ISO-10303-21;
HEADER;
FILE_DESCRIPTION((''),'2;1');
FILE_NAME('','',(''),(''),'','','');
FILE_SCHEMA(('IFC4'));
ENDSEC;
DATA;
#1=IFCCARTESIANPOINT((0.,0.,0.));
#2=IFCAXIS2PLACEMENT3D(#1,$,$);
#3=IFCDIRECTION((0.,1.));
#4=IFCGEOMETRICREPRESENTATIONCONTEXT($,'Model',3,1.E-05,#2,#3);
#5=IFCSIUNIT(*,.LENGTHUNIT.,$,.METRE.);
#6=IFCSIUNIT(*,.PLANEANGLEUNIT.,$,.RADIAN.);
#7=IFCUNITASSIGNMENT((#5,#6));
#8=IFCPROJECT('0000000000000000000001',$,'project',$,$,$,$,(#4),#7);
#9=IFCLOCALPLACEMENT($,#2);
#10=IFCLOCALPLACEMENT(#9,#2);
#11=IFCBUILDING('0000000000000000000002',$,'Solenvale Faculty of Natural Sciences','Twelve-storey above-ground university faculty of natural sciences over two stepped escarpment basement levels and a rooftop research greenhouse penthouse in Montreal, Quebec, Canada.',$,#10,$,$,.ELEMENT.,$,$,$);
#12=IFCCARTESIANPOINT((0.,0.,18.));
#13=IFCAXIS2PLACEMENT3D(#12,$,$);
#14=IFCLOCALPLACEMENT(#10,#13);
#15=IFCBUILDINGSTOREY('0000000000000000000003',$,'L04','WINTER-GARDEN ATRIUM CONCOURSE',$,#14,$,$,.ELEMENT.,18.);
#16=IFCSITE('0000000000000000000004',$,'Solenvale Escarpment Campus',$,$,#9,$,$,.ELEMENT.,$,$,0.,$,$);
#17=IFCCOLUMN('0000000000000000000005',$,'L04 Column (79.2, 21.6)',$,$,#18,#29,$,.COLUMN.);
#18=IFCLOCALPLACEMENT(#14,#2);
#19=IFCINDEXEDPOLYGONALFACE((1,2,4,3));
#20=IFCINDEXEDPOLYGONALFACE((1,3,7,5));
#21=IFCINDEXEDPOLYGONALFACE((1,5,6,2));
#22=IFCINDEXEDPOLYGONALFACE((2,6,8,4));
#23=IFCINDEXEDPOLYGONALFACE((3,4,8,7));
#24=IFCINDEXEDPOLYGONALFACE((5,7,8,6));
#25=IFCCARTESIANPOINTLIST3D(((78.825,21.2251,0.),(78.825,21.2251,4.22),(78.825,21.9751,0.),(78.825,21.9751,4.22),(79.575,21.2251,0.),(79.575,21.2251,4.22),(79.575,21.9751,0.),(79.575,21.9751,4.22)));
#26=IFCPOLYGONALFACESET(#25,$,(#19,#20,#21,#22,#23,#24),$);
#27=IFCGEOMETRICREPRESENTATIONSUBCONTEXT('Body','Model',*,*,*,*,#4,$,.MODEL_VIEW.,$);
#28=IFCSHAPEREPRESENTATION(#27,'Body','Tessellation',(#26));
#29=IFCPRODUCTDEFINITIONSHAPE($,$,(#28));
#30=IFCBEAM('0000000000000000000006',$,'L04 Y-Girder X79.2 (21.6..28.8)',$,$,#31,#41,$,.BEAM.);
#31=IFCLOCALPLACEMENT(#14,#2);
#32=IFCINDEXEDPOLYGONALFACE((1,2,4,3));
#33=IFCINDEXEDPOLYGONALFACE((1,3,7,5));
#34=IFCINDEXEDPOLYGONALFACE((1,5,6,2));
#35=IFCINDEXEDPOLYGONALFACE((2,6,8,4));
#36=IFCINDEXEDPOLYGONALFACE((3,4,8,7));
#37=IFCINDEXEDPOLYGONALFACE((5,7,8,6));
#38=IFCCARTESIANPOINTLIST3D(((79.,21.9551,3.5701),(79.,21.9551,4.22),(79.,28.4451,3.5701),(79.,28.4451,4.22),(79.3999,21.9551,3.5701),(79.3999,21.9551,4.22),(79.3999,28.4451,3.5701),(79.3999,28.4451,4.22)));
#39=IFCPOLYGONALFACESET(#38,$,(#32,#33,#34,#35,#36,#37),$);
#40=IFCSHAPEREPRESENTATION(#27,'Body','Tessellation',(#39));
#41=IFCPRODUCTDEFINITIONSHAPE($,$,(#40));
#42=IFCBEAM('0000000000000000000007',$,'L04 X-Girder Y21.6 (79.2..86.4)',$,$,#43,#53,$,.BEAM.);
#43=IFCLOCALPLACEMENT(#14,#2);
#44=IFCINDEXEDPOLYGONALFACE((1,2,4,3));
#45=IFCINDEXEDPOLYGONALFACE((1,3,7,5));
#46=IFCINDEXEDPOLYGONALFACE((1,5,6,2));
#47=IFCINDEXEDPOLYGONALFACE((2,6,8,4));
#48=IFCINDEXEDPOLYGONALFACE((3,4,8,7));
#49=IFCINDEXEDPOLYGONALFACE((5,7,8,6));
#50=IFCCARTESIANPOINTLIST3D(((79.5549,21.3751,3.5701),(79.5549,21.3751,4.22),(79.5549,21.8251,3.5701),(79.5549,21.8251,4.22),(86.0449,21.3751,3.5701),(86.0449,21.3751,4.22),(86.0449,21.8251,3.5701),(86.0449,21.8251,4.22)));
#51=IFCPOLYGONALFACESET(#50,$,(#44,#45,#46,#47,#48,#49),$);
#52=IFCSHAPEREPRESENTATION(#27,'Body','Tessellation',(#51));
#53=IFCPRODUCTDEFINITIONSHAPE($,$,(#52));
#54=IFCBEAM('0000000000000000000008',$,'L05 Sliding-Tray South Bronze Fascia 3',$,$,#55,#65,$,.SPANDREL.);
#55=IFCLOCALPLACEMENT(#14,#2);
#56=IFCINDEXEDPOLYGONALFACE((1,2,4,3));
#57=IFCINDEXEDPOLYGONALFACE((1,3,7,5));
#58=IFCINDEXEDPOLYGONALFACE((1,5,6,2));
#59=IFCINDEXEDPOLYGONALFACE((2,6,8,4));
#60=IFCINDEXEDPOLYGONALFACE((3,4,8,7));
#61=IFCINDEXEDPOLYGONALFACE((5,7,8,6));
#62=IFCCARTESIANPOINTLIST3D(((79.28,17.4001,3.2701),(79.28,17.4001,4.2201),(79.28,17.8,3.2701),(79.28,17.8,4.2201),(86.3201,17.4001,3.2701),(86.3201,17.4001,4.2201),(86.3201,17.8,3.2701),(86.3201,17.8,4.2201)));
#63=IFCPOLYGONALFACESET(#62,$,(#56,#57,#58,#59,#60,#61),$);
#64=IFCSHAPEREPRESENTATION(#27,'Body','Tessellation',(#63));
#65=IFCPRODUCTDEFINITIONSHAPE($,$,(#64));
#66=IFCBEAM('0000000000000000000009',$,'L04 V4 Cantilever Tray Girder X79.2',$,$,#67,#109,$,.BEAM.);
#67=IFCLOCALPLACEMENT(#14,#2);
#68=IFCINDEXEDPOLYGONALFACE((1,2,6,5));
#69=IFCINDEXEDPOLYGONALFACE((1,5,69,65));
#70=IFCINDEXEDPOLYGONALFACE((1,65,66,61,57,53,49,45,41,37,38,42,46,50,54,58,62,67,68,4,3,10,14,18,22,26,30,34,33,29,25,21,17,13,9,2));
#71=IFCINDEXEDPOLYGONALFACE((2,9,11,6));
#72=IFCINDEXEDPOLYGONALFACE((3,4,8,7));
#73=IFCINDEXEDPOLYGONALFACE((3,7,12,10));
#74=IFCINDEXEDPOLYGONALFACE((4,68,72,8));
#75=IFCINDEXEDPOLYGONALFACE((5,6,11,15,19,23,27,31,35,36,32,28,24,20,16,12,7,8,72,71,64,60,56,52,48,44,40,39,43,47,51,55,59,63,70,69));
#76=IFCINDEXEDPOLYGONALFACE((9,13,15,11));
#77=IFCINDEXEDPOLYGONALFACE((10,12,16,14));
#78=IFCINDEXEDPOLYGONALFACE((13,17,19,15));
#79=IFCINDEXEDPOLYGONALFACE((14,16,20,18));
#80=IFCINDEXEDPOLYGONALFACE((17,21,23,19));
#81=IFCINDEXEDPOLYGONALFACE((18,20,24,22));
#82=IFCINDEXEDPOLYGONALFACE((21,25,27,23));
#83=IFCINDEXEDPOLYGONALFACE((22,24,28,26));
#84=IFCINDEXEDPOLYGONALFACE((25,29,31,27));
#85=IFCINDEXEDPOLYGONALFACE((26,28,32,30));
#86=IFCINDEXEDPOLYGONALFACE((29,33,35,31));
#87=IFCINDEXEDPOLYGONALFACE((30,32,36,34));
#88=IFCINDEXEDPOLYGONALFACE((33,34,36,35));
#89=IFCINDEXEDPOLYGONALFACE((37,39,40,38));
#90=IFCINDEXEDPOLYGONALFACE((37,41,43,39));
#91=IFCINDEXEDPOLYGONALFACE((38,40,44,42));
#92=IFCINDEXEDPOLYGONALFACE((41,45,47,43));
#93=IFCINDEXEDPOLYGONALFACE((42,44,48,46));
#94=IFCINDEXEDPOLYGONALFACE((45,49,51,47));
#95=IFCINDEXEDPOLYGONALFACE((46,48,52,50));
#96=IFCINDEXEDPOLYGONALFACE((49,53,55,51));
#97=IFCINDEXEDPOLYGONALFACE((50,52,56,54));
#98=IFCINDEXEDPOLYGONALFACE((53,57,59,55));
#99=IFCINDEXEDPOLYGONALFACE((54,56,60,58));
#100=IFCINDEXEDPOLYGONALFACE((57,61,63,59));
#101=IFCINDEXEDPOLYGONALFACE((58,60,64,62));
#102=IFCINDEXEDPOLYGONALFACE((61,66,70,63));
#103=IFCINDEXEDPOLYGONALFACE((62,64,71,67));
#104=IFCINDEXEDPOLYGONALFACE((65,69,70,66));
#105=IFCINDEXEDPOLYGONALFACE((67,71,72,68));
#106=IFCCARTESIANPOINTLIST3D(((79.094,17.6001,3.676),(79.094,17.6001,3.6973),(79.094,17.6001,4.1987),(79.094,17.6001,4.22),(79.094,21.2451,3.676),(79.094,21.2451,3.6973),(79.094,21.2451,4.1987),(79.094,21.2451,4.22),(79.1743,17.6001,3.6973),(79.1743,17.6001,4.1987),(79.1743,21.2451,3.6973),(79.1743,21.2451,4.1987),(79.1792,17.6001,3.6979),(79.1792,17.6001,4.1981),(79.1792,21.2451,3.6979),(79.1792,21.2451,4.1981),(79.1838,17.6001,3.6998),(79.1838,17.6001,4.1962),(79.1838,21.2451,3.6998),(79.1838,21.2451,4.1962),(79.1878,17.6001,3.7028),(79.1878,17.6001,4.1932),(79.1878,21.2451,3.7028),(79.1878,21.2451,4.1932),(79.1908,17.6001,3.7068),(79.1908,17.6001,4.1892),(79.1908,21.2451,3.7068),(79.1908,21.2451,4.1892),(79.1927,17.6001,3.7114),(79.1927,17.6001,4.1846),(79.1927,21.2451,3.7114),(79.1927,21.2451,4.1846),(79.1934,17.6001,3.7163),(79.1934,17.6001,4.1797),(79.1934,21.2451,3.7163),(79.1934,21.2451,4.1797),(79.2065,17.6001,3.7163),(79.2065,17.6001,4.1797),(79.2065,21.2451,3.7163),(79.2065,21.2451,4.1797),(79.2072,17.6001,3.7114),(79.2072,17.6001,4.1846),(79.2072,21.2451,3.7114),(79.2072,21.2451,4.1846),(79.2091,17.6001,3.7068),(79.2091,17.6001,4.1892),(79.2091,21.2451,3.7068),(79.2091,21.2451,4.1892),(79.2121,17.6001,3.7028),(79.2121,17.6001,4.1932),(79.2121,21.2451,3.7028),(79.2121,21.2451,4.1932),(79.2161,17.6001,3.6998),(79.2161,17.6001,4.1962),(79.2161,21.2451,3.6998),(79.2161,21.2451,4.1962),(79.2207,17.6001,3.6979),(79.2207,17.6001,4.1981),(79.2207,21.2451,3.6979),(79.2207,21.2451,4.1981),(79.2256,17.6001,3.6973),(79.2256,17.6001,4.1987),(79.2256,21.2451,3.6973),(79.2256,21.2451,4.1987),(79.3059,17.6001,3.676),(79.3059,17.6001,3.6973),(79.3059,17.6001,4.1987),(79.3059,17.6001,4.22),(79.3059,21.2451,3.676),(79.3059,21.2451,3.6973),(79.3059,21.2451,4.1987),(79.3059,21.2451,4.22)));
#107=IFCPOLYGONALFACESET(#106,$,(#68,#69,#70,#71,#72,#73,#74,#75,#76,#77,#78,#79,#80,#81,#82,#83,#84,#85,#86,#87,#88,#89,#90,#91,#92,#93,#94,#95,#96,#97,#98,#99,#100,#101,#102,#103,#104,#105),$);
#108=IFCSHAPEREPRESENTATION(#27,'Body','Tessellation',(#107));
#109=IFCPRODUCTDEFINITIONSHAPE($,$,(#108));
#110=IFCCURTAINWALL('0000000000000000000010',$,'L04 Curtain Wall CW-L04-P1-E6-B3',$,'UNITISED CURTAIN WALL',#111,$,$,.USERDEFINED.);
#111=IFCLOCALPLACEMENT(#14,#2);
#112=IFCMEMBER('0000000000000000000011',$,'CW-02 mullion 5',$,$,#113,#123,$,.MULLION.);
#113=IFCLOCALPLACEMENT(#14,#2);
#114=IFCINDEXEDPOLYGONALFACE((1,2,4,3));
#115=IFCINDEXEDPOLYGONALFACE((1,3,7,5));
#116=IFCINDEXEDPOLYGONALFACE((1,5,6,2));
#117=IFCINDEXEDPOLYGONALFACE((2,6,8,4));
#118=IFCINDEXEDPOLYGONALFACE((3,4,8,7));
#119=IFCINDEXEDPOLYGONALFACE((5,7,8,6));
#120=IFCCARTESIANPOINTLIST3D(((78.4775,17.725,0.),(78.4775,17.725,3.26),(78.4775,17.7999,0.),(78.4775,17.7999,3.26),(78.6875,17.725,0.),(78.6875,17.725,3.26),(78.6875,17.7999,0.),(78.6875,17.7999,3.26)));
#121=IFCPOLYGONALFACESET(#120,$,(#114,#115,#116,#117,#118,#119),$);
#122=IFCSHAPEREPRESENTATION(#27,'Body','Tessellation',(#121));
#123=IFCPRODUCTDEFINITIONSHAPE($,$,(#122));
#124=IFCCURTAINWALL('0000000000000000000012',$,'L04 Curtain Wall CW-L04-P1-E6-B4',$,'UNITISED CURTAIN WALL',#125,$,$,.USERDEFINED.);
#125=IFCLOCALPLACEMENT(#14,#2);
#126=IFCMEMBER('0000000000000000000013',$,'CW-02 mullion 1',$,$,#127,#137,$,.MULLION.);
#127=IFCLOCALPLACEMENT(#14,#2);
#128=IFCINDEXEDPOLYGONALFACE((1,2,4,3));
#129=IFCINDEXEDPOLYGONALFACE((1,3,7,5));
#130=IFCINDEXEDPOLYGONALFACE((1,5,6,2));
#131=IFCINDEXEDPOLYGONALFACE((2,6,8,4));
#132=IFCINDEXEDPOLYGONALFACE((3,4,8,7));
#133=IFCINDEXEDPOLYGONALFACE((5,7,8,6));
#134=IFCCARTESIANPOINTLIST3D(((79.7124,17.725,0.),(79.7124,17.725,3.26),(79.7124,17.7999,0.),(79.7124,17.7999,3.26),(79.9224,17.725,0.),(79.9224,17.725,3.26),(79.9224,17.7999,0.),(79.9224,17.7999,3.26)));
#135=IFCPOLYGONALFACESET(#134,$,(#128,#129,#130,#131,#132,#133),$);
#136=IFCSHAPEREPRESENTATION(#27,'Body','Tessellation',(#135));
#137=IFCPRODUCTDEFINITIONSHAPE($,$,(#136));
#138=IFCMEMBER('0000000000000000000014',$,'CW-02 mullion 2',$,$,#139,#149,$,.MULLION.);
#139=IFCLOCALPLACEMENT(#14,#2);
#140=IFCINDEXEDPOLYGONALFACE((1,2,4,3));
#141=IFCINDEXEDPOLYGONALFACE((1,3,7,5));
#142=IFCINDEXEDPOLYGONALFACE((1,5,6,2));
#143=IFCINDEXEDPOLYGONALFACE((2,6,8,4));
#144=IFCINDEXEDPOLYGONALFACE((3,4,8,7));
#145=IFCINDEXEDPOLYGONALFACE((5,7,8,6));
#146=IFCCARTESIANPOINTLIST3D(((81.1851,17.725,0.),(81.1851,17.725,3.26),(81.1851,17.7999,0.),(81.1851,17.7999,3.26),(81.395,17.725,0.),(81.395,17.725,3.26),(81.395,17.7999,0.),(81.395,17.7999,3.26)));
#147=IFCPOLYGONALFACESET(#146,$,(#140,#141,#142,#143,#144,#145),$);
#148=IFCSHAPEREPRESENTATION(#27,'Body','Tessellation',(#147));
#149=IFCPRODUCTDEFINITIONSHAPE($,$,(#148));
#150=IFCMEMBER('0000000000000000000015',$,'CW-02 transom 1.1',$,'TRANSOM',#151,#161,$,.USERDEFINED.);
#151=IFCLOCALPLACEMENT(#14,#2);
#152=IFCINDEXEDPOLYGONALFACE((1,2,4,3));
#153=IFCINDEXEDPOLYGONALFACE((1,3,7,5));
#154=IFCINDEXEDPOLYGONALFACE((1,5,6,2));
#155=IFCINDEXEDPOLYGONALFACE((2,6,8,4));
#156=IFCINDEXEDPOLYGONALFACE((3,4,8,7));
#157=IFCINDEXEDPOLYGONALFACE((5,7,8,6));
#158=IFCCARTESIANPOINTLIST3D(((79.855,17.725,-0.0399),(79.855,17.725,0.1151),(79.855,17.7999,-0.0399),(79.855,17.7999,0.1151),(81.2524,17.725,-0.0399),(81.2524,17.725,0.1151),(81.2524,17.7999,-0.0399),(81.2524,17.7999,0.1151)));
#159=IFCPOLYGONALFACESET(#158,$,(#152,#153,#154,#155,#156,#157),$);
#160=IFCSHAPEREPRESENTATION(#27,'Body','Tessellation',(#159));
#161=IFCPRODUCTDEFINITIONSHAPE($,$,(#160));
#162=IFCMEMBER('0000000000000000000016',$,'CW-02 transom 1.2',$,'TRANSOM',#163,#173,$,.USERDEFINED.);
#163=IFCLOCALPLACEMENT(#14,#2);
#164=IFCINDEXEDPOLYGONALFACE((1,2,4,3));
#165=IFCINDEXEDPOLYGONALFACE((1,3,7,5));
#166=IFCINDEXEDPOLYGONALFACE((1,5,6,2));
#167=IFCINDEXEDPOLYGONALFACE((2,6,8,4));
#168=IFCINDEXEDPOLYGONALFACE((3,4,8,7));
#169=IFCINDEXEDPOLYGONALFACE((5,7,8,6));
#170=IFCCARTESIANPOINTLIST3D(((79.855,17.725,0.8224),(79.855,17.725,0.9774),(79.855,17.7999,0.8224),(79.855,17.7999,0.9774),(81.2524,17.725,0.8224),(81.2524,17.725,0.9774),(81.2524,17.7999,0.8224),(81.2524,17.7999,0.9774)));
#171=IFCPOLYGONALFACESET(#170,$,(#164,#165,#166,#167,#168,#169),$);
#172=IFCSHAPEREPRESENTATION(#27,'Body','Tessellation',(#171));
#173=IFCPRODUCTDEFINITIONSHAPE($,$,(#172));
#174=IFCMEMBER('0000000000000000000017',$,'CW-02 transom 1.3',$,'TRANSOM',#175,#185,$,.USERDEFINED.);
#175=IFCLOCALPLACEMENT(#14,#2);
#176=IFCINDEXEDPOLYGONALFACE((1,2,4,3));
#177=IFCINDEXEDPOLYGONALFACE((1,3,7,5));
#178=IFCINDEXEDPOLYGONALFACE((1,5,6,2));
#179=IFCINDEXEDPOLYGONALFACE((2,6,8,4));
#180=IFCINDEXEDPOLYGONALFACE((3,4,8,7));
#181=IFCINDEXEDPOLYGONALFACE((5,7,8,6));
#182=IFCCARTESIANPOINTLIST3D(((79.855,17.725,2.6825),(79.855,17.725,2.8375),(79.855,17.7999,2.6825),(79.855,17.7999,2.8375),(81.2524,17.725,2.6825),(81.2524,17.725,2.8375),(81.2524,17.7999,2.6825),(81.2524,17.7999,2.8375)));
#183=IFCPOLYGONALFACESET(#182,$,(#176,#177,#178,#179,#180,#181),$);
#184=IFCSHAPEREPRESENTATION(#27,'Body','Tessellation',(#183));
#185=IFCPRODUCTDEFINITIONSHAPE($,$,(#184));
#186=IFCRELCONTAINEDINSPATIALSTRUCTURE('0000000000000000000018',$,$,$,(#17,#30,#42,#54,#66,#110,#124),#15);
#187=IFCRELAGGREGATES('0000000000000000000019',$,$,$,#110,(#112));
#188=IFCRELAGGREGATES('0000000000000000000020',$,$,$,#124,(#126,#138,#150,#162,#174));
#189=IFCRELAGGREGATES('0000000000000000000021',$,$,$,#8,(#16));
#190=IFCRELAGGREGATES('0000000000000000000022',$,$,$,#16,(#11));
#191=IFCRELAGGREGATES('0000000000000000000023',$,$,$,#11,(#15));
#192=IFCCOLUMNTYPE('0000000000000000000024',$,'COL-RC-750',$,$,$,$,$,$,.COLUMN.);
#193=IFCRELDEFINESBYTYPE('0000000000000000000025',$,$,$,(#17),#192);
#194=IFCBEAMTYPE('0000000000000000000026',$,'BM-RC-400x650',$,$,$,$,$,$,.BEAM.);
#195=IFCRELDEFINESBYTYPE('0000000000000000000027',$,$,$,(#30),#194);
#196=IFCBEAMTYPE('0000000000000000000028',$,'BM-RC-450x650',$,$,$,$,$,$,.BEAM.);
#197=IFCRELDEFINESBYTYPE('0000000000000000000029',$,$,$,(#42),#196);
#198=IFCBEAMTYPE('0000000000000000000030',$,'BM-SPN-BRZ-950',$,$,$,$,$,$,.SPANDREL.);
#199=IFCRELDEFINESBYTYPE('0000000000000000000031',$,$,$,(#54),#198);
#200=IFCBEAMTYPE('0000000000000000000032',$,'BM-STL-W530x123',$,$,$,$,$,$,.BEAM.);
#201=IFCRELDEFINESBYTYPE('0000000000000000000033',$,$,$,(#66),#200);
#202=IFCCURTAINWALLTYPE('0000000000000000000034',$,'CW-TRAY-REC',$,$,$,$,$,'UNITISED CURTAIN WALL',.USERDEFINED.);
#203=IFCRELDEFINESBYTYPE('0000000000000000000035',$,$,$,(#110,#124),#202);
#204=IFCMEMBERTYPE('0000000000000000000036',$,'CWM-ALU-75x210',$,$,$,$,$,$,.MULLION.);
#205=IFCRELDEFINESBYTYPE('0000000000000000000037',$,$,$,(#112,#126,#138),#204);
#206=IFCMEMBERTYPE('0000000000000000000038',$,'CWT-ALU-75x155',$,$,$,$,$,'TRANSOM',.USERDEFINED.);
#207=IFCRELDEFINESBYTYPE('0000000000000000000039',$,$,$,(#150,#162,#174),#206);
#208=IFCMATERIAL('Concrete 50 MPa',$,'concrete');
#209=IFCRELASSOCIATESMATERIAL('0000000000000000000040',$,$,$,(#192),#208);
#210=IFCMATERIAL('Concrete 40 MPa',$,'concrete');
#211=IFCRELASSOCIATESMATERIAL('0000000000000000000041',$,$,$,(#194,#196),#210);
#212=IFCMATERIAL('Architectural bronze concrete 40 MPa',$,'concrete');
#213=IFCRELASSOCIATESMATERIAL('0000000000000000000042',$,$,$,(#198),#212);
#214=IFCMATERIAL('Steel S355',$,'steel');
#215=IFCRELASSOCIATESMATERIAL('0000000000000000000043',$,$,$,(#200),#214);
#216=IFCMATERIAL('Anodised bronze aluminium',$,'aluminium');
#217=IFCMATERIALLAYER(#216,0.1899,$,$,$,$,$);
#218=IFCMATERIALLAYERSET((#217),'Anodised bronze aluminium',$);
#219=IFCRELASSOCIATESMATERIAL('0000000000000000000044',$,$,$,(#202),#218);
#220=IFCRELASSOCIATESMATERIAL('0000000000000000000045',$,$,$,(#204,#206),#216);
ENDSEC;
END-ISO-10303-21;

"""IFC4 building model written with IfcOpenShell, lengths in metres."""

from ifc_helpers import new_model, si_unit, direction, frame, origin, origin_2d, place, context, subcontext, project, spatial, rectangle, i_section, extrude, material, layer, layer_set, material_profile, profile_set, type_object, element, aggregate, save


model = new_model("IFC4")

# Units and contexts
model_context = context("Model", 3, precision=1e-05, world=origin(), true_north=direction((0.0, 1.0)))
body_context = subcontext(model_context, "Body", "Model", "MODEL_VIEW")
ifc_project = project(units=[si_unit("LENGTHUNIT", "METRE"), si_unit("PLANEANGLEUNIT", "RADIAN")], contexts=[model_context])

# Site, building, storey
site_placement = place(None, origin())
site = spatial("IfcSite", under=ifc_project, at=site_placement, Name="Solenvale Escarpment Campus", CompositionType="ELEMENT", RefElevation=0.0)
building_placement = place(site_placement, origin())
building = spatial("IfcBuilding", under=site, at=building_placement, Name="Solenvale Faculty of Natural Sciences", Description="Twelve-storey above-ground university faculty of natural sciences over two stepped escarpment basement levels and a rooftop research greenhouse penthouse in Montreal, Quebec, Canada.", CompositionType="ELEMENT")
storey_placement = place(building_placement, frame((0.0, 0.0, 18.0)))
storey = spatial("IfcBuildingStorey", under=building, at=storey_placement, Name="L04", Description="WINTER-GARDEN ATRIUM CONCOURSE", CompositionType="ELEMENT", Elevation=18.0)

# Column
ifc_material_1 = material(Name="Concrete 50 MPa", Category="concrete")
ifc_material_profile_1 = material_profile(ifc_material_1, rectangle(XDim=0.75, YDim=0.75, at=origin_2d()), Name="RC-COL-750x750")
ifc_profile_set_1 = profile_set([ifc_material_profile_1], Name="Concrete 50 MPa")
column_type = type_object("IfcColumnType", Name="COL-RC-750", PredefinedType="COLUMN", material=ifc_profile_set_1)
column_placement = place(storey_placement, frame((79.2, 21.6001, 0.0), z_axis=(0.0, 0.0, 1.0), x_axis=(1.0, 0.0, 0.0)))
element("IfcColumn", 1, at=column_placement, inside=storey, type_object=column_type, Name="L04 Column (79.2, 21.6)", PredefinedType="COLUMN", context=body_context, shape_type="SweptSolid", body=[
    extrude(rectangle(XDim=0.75, YDim=0.75, at=origin_2d()), origin(), (0.0, 0.0, 1.0), 4.22),
])

# Beams
ifc_material_2 = material(Name="Concrete 40 MPa", Category="concrete")
ifc_material_profile_2 = material_profile(ifc_material_2, rectangle(XDim=0.3999, YDim=0.6499, at=origin_2d()), Name="RC-BM-400x650")
ifc_profile_set_2 = profile_set([ifc_material_profile_2], Name="Concrete 40 MPa")
beam_type_1 = type_object("IfcBeamType", Name="BM-RC-400x650", PredefinedType="BEAM", material=ifc_profile_set_2)
beam_1_placement = place(storey_placement, frame((79.2, 21.9551, 3.895), z_axis=(0.0, 1.0, 0.0), x_axis=(-1.0, 0.0, 0.0)))
element("IfcBeam", 2, at=beam_1_placement, inside=storey, type_object=beam_type_1, Name="L04 Y-Girder X79.2 (21.6..28.8)", PredefinedType="BEAM", context=body_context, shape_type="SweptSolid", body=[
    extrude(rectangle(XDim=0.3999, YDim=0.6499, at=origin_2d()), origin(), (0.0, 0.0, 1.0), 6.49),
])
ifc_material_profile_3 = material_profile(ifc_material_2, rectangle(XDim=0.45, YDim=0.6499, at=origin_2d()), Name="RC-BM-450x650")
ifc_profile_set_3 = profile_set([ifc_material_profile_3], Name="Concrete 40 MPa")
beam_type_2 = type_object("IfcBeamType", Name="BM-RC-450x650", PredefinedType="BEAM", material=ifc_profile_set_3)
beam_2_placement = place(storey_placement, frame((79.5549, 21.6001, 3.895), z_axis=(1.0, 0.0, 0.0), x_axis=(0.0, 1.0, 0.0)))
element("IfcBeam", 3, at=beam_2_placement, inside=storey, type_object=beam_type_2, Name="L04 X-Girder Y21.6 (79.2..86.4)", PredefinedType="BEAM", context=body_context, shape_type="SweptSolid", body=[
    extrude(rectangle(XDim=0.45, YDim=0.6499, at=origin_2d()), origin(), (0.0, 0.0, 1.0), 6.49),
])
ifc_material_3 = material(Name="Architectural bronze concrete 40 MPa", Category="concrete")
ifc_material_profile_4 = material_profile(ifc_material_3, rectangle(XDim=0.3999, YDim=0.95, at=origin_2d()), Name="RC-SPN-400x950")
ifc_profile_set_4 = profile_set([ifc_material_profile_4], Name="Architectural bronze concrete 40 MPa")
beam_type_3 = type_object("IfcBeamType", Name="BM-SPN-BRZ-950", PredefinedType="SPANDREL", material=ifc_profile_set_4)
beam_3_placement = place(storey_placement, frame((79.28, 17.6001, 3.7451), z_axis=(1.0, 0.0, 0.0), x_axis=(0.0, 1.0, 0.0)))
element("IfcBeam", 4, at=beam_3_placement, inside=storey, type_object=beam_type_3, Name="L05 Sliding-Tray South Bronze Fascia 3", PredefinedType="SPANDREL", context=body_context, shape_type="SweptSolid", body=[
    extrude(rectangle(XDim=0.3999, YDim=0.95, at=origin_2d()), origin(), (0.0, 0.0, 1.0), 7.04),
])
ifc_material_4 = material(Name="Steel S355", Category="steel")
ifc_material_profile_5 = material_profile(ifc_material_4, i_section(OverallWidth=0.2119, OverallDepth=0.5439, WebThickness=0.0132, FlangeThickness=0.0212, FilletRadius=0.019, at=origin_2d()), Name="W530x123")
ifc_profile_set_5 = profile_set([ifc_material_profile_5], Name="Steel S355")
beam_type_4 = type_object("IfcBeamType", Name="BM-STL-W530x123", PredefinedType="BEAM", material=ifc_profile_set_5)
beam_4_placement = place(storey_placement, frame((79.2, 21.2451, 3.948), z_axis=(0.0, -1.0, 0.0), x_axis=(1.0, 0.0, 0.0)))
element("IfcBeam", 5, at=beam_4_placement, inside=storey, type_object=beam_type_4, Name="L04 V4 Cantilever Tray Girder X79.2", PredefinedType="BEAM", context=body_context, shape_type="SweptSolid", body=[
    extrude(i_section(OverallWidth=0.2119, OverallDepth=0.5439, WebThickness=0.0132, FlangeThickness=0.0212, FilletRadius=0.019, at=origin_2d()), origin(), (0.0, 0.0, 1.0), 3.645),
])

# Curtain wall, member
ifc_material_5 = material(Name="Anodised bronze aluminium", Category="aluminium")
ifc_layer_1 = layer(ifc_material_5, 0.1899)
ifc_layer_set_1 = layer_set([ifc_layer_1], Name="Anodised bronze aluminium")
curtain_wall_type = type_object("IfcCurtainWallType", Name="CW-TRAY-REC", ElementType="UNITISED CURTAIN WALL", PredefinedType="USERDEFINED", material=ifc_layer_set_1)
curtain_wall_1_placement = place(storey_placement, origin())
curtain_wall_1 = element("IfcCurtainWall", 6, at=curtain_wall_1_placement, inside=storey, type_object=curtain_wall_type, Name="L04 Curtain Wall CW-L04-P1-E6-B3", ObjectType="UNITISED CURTAIN WALL", PredefinedType="USERDEFINED")
ifc_material_profile_6 = material_profile(ifc_material_5, rectangle(XDim=0.075, YDim=0.21, at=origin_2d()), Name="ALU-MUL-75x210")
ifc_profile_set_6 = profile_set([ifc_material_profile_6], Name="Anodised bronze aluminium")
member_type_1 = type_object("IfcMemberType", Name="CWM-ALU-75x210", PredefinedType="MULLION", material=ifc_profile_set_6)
member_1_placement = place(storey_placement, frame((78.5825, 17.7625, 0.0), z_axis=(0.0, 0.0, 1.0), x_axis=(0.0, 1.0, 0.0)))
member_1 = element("IfcMember", 7, at=member_1_placement, type_object=member_type_1, Name="CW-02 mullion 5", PredefinedType="MULLION", context=body_context, shape_type="SweptSolid", body=[
    extrude(rectangle(XDim=0.075, YDim=0.21, at=origin_2d()), origin(), (0.0, 0.0, 1.0), 3.26),
])

# Curtain wall, members
curtain_wall_2_placement = place(storey_placement, origin())
curtain_wall_2 = element("IfcCurtainWall", 8, at=curtain_wall_2_placement, inside=storey, type_object=curtain_wall_type, Name="L04 Curtain Wall CW-L04-P1-E6-B4", ObjectType="UNITISED CURTAIN WALL", PredefinedType="USERDEFINED")
member_2_placement = place(storey_placement, frame((79.8174, 17.7625, 0.0), z_axis=(0.0, 0.0, 1.0), x_axis=(0.0, 1.0, 0.0)))
member_2 = element("IfcMember", 9, at=member_2_placement, type_object=member_type_1, Name="CW-02 mullion 1", PredefinedType="MULLION", context=body_context, shape_type="SweptSolid", body=[
    extrude(rectangle(XDim=0.075, YDim=0.21, at=origin_2d()), origin(), (0.0, 0.0, 1.0), 3.26),
])
member_3_placement = place(storey_placement, frame((81.29, 17.7625, 0.0), z_axis=(0.0, 0.0, 1.0), x_axis=(0.0, 1.0, 0.0)))
member_3 = element("IfcMember", 10, at=member_3_placement, type_object=member_type_1, Name="CW-02 mullion 2", PredefinedType="MULLION", context=body_context, shape_type="SweptSolid", body=[
    extrude(rectangle(XDim=0.075, YDim=0.21, at=origin_2d()), origin(), (0.0, 0.0, 1.0), 3.26),
])
ifc_material_profile_7 = material_profile(ifc_material_5, rectangle(XDim=0.075, YDim=0.155, at=origin_2d()), Name="ALU-TRN-75x155")
ifc_profile_set_7 = profile_set([ifc_material_profile_7], Name="Anodised bronze aluminium")
member_type_2 = type_object("IfcMemberType", Name="CWT-ALU-75x155", ElementType="TRANSOM", PredefinedType="USERDEFINED", material=ifc_profile_set_7)
member_4_placement = place(storey_placement, frame((79.855, 17.7625, 0.0376), z_axis=(1.0, 0.0, 0.0), x_axis=(0.0, 1.0, 0.0)))
member_4 = element("IfcMember", 11, at=member_4_placement, type_object=member_type_2, Name="CW-02 transom 1.1", ObjectType="TRANSOM", PredefinedType="USERDEFINED", context=body_context, shape_type="SweptSolid", body=[
    extrude(rectangle(XDim=0.075, YDim=0.155, at=origin_2d()), origin(), (0.0, 0.0, 1.0), 1.3975),
])
member_5_placement = place(storey_placement, frame((79.855, 17.7625, 0.8999), z_axis=(1.0, 0.0, 0.0), x_axis=(0.0, 1.0, 0.0)))
member_5 = element("IfcMember", 12, at=member_5_placement, type_object=member_type_2, Name="CW-02 transom 1.2", ObjectType="TRANSOM", PredefinedType="USERDEFINED", context=body_context, shape_type="SweptSolid", body=[
    extrude(rectangle(XDim=0.075, YDim=0.155, at=origin_2d()), origin(), (0.0, 0.0, 1.0), 1.3975),
])
member_6_placement = place(storey_placement, frame((79.855, 17.7625, 2.76), z_axis=(1.0, 0.0, 0.0), x_axis=(0.0, 1.0, 0.0)))
member_6 = element("IfcMember", 13, at=member_6_placement, type_object=member_type_2, Name="CW-02 transom 1.3", ObjectType="TRANSOM", PredefinedType="USERDEFINED", context=body_context, shape_type="SweptSolid", body=[
    extrude(rectangle(XDim=0.075, YDim=0.155, at=origin_2d()), origin(), (0.0, 0.0, 1.0), 1.3975),
])

aggregate(curtain_wall_1, [member_1])
aggregate(curtain_wall_2, [member_2, member_3, member_4, member_5, member_6])

save(model, "model.ifc")
